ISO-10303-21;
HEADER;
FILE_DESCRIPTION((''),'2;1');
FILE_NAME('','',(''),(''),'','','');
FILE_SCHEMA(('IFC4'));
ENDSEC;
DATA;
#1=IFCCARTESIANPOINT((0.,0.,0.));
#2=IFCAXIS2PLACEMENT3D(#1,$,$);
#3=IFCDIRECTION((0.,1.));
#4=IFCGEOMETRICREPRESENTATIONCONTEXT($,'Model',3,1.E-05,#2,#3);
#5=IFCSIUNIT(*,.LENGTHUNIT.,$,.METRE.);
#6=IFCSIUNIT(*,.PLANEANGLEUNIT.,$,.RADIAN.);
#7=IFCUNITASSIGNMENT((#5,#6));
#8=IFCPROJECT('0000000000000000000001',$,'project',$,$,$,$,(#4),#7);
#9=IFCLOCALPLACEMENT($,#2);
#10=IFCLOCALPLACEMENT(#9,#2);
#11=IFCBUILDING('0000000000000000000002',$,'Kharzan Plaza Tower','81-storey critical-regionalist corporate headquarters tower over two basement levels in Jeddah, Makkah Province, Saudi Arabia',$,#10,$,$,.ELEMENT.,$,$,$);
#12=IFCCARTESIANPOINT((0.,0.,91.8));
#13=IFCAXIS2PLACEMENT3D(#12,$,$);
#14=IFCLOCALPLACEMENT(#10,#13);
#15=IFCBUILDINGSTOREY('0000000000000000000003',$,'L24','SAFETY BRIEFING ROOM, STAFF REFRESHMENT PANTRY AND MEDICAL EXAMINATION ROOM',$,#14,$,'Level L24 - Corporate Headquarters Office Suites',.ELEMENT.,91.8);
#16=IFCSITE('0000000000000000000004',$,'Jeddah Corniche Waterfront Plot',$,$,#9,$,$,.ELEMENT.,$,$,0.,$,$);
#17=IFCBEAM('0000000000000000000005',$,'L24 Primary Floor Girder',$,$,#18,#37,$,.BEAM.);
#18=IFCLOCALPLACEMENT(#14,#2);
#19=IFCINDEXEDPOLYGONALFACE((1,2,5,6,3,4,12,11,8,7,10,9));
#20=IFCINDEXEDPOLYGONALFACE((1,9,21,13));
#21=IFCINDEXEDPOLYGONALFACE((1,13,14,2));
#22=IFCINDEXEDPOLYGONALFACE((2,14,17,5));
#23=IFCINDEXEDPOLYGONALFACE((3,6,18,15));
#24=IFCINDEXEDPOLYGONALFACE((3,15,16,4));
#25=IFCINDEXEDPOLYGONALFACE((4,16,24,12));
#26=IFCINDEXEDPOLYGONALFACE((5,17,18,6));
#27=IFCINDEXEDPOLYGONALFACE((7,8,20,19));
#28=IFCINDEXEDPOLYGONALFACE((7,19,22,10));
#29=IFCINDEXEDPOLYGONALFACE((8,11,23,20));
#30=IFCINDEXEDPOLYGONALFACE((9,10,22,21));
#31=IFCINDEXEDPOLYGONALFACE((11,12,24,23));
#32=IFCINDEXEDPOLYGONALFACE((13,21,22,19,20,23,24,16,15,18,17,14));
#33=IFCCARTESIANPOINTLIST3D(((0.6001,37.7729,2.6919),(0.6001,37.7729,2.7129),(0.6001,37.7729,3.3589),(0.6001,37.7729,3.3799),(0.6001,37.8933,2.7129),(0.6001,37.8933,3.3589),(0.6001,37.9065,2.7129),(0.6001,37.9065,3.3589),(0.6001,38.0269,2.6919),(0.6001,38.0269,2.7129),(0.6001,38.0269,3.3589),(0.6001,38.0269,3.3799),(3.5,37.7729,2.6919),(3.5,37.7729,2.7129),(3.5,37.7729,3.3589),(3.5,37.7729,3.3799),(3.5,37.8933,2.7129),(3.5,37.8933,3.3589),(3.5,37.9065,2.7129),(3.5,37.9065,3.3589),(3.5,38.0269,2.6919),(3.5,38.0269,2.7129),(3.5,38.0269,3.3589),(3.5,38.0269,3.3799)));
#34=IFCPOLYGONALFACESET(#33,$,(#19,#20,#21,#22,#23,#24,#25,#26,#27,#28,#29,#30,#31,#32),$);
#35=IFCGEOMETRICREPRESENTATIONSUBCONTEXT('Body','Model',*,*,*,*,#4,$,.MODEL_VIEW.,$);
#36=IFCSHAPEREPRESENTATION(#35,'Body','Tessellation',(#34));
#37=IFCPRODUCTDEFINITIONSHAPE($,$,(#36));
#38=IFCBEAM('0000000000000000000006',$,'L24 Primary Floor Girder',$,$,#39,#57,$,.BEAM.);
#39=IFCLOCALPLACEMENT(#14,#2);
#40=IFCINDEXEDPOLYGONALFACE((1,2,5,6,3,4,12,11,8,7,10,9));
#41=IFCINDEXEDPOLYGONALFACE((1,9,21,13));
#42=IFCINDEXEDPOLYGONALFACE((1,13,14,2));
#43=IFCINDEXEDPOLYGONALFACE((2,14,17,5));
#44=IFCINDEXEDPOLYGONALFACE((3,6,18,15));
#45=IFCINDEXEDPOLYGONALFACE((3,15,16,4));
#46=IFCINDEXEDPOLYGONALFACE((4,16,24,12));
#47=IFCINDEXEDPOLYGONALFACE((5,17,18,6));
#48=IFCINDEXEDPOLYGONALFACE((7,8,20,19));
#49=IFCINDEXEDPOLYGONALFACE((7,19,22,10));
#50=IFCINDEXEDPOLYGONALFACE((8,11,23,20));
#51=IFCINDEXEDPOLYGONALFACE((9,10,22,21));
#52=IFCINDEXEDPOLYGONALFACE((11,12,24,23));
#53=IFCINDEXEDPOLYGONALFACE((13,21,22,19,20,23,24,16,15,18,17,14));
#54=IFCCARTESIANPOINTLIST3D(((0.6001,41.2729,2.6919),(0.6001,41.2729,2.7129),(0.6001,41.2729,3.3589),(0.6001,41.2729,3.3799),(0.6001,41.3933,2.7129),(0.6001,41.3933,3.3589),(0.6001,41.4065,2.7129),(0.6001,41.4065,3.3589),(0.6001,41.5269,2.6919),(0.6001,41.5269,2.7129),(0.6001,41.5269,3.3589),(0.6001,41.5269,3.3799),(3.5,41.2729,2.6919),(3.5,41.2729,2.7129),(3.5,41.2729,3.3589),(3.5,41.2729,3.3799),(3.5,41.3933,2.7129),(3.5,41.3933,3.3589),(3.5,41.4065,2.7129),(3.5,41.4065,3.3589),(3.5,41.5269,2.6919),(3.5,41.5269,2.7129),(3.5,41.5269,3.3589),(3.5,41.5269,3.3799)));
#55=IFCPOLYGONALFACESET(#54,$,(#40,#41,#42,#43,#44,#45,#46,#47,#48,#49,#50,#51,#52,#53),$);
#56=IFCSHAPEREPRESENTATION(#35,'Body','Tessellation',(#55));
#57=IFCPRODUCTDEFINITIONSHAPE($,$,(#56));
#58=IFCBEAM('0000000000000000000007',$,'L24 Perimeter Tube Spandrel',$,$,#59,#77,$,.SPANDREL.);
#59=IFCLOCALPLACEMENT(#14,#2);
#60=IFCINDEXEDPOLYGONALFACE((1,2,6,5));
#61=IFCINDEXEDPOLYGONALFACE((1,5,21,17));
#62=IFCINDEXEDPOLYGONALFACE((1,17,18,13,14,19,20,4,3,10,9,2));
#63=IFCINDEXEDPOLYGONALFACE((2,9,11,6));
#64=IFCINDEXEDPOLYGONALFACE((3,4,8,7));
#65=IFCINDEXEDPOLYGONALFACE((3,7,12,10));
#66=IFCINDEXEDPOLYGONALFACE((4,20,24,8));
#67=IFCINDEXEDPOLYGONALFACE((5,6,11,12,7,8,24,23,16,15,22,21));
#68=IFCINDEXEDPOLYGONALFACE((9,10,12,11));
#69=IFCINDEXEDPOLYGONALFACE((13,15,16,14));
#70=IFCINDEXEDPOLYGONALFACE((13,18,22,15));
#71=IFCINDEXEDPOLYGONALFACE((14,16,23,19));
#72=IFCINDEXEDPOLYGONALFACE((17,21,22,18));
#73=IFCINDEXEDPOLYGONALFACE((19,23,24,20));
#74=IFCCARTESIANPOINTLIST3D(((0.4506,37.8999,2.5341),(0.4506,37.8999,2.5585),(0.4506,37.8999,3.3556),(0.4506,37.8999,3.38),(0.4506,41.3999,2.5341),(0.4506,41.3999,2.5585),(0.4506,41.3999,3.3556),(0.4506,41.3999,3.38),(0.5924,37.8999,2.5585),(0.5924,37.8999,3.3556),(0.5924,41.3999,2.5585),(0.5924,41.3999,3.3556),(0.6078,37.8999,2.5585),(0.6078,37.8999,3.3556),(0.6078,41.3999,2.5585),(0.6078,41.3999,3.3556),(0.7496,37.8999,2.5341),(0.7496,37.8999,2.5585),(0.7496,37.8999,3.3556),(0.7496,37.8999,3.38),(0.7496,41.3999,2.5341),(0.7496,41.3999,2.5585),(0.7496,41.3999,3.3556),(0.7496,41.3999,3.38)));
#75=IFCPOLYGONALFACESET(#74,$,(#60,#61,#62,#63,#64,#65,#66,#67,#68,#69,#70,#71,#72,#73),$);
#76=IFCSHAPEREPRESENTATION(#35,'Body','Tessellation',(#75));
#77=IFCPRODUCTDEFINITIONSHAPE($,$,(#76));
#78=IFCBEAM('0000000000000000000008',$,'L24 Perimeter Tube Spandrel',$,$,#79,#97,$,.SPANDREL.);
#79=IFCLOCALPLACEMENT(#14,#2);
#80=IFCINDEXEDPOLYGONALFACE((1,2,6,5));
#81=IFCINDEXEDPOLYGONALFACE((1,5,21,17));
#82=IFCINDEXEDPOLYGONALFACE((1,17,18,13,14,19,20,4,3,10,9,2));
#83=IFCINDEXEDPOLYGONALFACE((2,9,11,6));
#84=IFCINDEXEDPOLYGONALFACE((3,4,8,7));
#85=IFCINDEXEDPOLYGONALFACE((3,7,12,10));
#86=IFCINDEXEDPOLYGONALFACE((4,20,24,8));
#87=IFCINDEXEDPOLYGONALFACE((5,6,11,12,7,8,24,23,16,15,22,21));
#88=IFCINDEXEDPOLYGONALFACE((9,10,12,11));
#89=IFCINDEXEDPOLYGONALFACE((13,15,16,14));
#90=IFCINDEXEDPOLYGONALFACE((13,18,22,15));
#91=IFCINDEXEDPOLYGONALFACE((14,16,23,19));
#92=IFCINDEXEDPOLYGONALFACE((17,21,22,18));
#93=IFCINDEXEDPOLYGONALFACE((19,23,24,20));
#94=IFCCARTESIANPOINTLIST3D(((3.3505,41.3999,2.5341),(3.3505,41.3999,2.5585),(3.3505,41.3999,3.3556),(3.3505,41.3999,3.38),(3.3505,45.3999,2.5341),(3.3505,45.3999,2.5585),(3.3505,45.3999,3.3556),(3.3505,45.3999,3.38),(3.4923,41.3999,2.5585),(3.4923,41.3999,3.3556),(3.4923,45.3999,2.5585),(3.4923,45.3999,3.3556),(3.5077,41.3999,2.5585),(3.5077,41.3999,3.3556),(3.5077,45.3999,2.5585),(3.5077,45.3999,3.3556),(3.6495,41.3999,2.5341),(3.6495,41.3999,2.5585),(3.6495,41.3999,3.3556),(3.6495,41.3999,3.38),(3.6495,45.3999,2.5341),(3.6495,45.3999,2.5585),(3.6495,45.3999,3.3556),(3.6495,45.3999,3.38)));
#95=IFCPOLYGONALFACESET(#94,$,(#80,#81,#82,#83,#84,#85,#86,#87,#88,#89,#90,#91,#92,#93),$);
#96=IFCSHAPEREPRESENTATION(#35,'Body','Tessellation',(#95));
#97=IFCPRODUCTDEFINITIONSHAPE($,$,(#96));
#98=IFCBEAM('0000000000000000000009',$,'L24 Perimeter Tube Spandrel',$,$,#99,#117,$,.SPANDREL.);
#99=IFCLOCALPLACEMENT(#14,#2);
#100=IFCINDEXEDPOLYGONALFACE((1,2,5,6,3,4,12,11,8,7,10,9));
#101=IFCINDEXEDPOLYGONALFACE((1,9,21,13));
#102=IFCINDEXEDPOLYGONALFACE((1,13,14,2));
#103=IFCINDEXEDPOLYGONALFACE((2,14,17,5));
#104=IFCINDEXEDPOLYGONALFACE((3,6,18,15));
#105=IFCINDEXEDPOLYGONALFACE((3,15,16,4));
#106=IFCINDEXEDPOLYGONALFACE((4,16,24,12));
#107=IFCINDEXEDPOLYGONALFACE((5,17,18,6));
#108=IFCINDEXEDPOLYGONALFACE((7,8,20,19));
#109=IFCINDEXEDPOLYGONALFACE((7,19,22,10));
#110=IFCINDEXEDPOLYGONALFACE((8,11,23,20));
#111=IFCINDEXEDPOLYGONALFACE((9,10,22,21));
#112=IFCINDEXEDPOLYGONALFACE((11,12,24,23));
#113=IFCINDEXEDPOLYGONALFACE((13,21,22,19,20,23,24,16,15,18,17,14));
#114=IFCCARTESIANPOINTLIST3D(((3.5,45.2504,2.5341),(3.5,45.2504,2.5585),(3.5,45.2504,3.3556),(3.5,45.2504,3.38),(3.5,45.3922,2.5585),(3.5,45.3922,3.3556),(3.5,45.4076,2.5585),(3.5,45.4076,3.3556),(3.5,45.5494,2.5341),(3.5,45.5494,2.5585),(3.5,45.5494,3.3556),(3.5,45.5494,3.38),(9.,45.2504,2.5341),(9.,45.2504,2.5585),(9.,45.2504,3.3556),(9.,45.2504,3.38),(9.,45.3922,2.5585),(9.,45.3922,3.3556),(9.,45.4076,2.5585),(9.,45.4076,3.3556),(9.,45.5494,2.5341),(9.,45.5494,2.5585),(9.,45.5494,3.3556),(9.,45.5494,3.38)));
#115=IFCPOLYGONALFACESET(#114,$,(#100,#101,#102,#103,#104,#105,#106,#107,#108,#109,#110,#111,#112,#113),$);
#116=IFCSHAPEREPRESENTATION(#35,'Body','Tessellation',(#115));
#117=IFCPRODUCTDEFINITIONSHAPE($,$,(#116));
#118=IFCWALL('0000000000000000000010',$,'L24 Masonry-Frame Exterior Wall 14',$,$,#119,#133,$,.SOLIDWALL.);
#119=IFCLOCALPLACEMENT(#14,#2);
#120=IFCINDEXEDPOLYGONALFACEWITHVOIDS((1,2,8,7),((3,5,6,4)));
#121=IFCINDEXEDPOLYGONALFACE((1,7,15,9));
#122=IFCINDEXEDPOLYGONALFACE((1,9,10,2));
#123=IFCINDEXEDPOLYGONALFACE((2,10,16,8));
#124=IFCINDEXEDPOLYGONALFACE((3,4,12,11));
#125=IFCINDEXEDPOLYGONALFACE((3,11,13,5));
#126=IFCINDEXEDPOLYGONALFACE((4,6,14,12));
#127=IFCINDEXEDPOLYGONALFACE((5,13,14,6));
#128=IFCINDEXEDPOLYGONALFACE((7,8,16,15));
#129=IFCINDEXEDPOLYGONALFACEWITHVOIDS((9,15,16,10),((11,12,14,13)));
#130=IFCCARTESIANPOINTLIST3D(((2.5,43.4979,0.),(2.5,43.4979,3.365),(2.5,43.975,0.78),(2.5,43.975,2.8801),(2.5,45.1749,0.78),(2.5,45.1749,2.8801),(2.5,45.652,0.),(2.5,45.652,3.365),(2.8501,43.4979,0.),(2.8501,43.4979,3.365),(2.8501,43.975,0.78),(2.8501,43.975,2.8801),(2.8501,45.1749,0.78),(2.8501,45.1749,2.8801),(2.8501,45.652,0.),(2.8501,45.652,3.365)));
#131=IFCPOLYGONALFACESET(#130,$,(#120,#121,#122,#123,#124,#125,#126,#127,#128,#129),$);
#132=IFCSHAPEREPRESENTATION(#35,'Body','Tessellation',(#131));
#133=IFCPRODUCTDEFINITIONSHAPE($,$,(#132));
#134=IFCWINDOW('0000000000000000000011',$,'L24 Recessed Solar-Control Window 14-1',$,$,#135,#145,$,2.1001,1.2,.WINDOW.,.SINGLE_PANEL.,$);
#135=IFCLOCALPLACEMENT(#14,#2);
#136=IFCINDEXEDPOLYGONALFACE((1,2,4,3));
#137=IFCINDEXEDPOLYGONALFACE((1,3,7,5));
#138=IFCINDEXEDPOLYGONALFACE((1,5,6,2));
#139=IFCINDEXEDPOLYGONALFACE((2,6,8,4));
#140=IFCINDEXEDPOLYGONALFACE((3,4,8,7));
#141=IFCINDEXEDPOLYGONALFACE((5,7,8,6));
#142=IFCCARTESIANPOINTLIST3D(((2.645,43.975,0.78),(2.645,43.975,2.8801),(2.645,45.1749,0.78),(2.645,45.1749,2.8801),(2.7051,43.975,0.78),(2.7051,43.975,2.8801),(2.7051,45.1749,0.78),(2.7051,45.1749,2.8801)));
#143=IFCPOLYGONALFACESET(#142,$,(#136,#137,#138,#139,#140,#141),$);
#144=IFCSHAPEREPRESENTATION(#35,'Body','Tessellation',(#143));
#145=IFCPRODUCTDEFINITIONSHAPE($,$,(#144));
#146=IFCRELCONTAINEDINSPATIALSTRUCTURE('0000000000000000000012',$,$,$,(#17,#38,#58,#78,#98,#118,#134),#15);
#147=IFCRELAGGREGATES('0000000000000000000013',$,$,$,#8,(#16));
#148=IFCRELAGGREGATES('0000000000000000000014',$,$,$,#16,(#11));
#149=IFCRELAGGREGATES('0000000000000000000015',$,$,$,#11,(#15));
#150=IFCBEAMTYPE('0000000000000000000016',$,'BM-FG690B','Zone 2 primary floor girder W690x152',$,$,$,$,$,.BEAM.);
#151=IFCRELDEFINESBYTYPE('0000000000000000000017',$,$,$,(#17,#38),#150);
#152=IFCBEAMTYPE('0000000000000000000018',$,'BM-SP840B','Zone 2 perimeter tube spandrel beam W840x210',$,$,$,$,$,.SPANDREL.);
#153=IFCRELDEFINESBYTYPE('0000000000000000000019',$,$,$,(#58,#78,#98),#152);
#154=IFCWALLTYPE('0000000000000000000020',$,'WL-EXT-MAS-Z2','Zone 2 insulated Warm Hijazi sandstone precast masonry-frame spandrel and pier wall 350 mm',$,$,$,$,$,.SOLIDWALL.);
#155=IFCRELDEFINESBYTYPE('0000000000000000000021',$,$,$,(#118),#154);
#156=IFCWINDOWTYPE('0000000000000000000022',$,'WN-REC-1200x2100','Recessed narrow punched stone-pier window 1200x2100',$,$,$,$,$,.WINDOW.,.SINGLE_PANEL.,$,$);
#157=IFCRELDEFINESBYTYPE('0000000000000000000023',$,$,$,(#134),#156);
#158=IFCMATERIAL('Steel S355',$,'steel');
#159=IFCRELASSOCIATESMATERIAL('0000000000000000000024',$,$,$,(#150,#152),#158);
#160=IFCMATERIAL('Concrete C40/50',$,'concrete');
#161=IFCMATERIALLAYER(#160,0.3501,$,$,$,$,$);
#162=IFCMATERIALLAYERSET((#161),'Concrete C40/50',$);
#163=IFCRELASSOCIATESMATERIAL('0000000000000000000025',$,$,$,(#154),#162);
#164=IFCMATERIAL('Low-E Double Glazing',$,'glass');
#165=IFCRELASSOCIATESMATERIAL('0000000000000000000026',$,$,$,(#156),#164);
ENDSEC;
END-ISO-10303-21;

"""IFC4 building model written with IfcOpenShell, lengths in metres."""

from ifc_helpers import new_model, si_unit, direction, frame, frame_2d, origin, origin_2d, place, context, subcontext, project, spatial, rectangle, i_section, extrude, source, transform, mapped, material, layer, layer_set, material_profile, profile_set, type_object, element, fill, save


model = new_model("IFC4")

# Units and contexts
model_context = context("Model", 3, precision=1e-05, world=origin(), true_north=direction((0.0, 1.0)))
body_context = subcontext(model_context, "Body", "Model", "MODEL_VIEW")
ifc_project = project(units=[si_unit("LENGTHUNIT", "METRE"), si_unit("PLANEANGLEUNIT", "RADIAN")], contexts=[model_context])

# Site, building, storey
site_placement = place(None, origin())
site = spatial("IfcSite", under=ifc_project, at=site_placement, Name="Jeddah Corniche Waterfront Plot", CompositionType="ELEMENT", RefElevation=0.0)
building_placement = place(site_placement, origin())
building = spatial("IfcBuilding", under=site, at=building_placement, Name="Kharzan Plaza Tower", Description="81-storey critical-regionalist corporate headquarters tower over two basement levels in Jeddah, Makkah Province, Saudi Arabia", CompositionType="ELEMENT")
storey_placement = place(building_placement, frame((0.0, 0.0, 91.8)))
storey = spatial("IfcBuildingStorey", under=building, at=storey_placement, Name="L24", Description="SAFETY BRIEFING ROOM, STAFF REFRESHMENT PANTRY AND MEDICAL EXAMINATION ROOM", LongName="Level L24 - Corporate Headquarters Office Suites", CompositionType="ELEMENT", Elevation=91.8)

# Beams
ifc_material_1 = material(Name="Steel S355", Category="steel")
ifc_material_profile_1 = material_profile(ifc_material_1, i_section(OverallWidth=0.2539, OverallDepth=0.688, WebThickness=0.0132, FlangeThickness=0.021, at=origin_2d()), Name="W690x152")
ifc_profile_set_1 = profile_set([ifc_material_profile_1], Name="Steel S355")
beam_type_1 = type_object("IfcBeamType", Name="BM-FG690B", Description="Zone 2 primary floor girder W690x152", PredefinedType="BEAM", material=ifc_profile_set_1)
shared_shape_1 = source(origin(), body_context, "Body", "SweptSolid", [
    extrude(i_section(OverallWidth=0.2539, OverallDepth=0.688, WebThickness=0.0132, FlangeThickness=0.021, at=origin_2d()), origin(), (0.0, 0.0, 1.0), 2.8999),
])
for number, where, z_axis, x_axis, name in (
    (1, (0.6001, 37.8999, 3.0359), (1.0, 0.0, 0.0), (0.0, 1.0, 0.0), "L24 Primary Floor Girder"),
    (2, (0.6001, 41.3999, 3.0359), (1.0, 0.0, 0.0), (0.0, 1.0, 0.0), "L24 Primary Floor Girder"),
):
    element("IfcBeam", number, at=place(storey_placement, frame(where, z_axis=z_axis, x_axis=x_axis)), inside=storey, type_object=beam_type_1, Name=name, PredefinedType="BEAM", context=body_context, shape_type="MappedRepresentation", body=[
        mapped(shared_shape_1, transform((0.0, 0.0, 0.0), x_axis=(1.0, 0.0, 0.0), y_axis=(0.0, 1.0, 0.0), z_axis=(0.0, 0.0, 1.0))),
    ])
ifc_material_profile_2 = material_profile(ifc_material_1, i_section(OverallWidth=0.2991, OverallDepth=0.8459, WebThickness=0.0154, FlangeThickness=0.0244, at=origin_2d()), Name="W840x210")
ifc_profile_set_2 = profile_set([ifc_material_profile_2], Name="Steel S355")
beam_type_2 = type_object("IfcBeamType", Name="BM-SP840B", Description="Zone 2 perimeter tube spandrel beam W840x210", PredefinedType="SPANDREL", material=ifc_profile_set_2)
shared_shape_2 = source(origin(), body_context, "Body", "SweptSolid", [
    extrude(i_section(OverallWidth=0.2991, OverallDepth=0.8459, WebThickness=0.0154, FlangeThickness=0.0244, at=origin_2d()), origin(), (0.0, 0.0, 1.0), 3.5),
])
beam_1_placement = place(storey_placement, frame((0.6001, 37.8999, 2.957), z_axis=(0.0, 1.0, 0.0), x_axis=(-1.0, 0.0, 0.0)))
element("IfcBeam", 3, at=beam_1_placement, inside=storey, type_object=beam_type_2, Name="L24 Perimeter Tube Spandrel", PredefinedType="SPANDREL", context=body_context, shape_type="MappedRepresentation", body=[
    mapped(shared_shape_2, transform((0.0, 0.0, 0.0), x_axis=(1.0, 0.0, 0.0), y_axis=(0.0, 1.0, 0.0), z_axis=(0.0, 0.0, 1.0))),
])
shared_shape_3 = source(origin(), body_context, "Body", "SweptSolid", [
    extrude(i_section(OverallWidth=0.2991, OverallDepth=0.8459, WebThickness=0.0154, FlangeThickness=0.0244, at=origin_2d()), origin(), (0.0, 0.0, 1.0), 4.0),
])
beam_2_placement = place(storey_placement, frame((3.5, 41.3999, 2.957), z_axis=(0.0, 1.0, 0.0), x_axis=(-1.0, 0.0, 0.0)))
element("IfcBeam", 4, at=beam_2_placement, inside=storey, type_object=beam_type_2, Name="L24 Perimeter Tube Spandrel", PredefinedType="SPANDREL", context=body_context, shape_type="MappedRepresentation", body=[
    mapped(shared_shape_3, transform((0.0, 0.0, 0.0), x_axis=(1.0, 0.0, 0.0), y_axis=(0.0, 1.0, 0.0), z_axis=(0.0, 0.0, 1.0))),
])
shared_shape_4 = source(origin(), body_context, "Body", "SweptSolid", [
    extrude(i_section(OverallWidth=0.2991, OverallDepth=0.8459, WebThickness=0.0154, FlangeThickness=0.0244, at=origin_2d()), origin(), (0.0, 0.0, 1.0), 5.5),
])
beam_3_placement = place(storey_placement, frame((3.5, 45.3999, 2.957), z_axis=(1.0, 0.0, 0.0), x_axis=(0.0, 1.0, 0.0)))
element("IfcBeam", 5, at=beam_3_placement, inside=storey, type_object=beam_type_2, Name="L24 Perimeter Tube Spandrel", PredefinedType="SPANDREL", context=body_context, shape_type="MappedRepresentation", body=[
    mapped(shared_shape_4, transform((0.0, 0.0, 0.0), x_axis=(1.0, 0.0, 0.0), y_axis=(0.0, 1.0, 0.0), z_axis=(0.0, 0.0, 1.0))),
])

# Wall, opening, window
ifc_material_2 = material(Name="Concrete C40/50", Category="concrete")
ifc_layer_1 = layer(ifc_material_2, 0.3501)
ifc_layer_set_1 = layer_set([ifc_layer_1], Name="Concrete C40/50")
wall_type_1 = type_object("IfcWallType", Name="WL-EXT-MAS-Z2", Description="Zone 2 insulated Warm Hijazi sandstone precast masonry-frame spandrel and pier wall 350 mm", PredefinedType="SOLIDWALL", material=ifc_layer_set_1)
wall_1_placement = place(storey_placement, frame((2.675, 45.6521, 0.0), z_axis=(0.0, 0.0, 1.0), x_axis=(0.0, -1.0, 0.0)))
wall_1 = element("IfcWall", 6, at=wall_1_placement, inside=storey, type_object=wall_type_1, Name="L24 Masonry-Frame Exterior Wall 14", PredefinedType="SOLIDWALL", context=body_context, shape_type="SweptSolid", body=[
    extrude(rectangle(XDim=2.1541, YDim=0.3501, at=frame_2d((1.0771, 0.0))), origin(), (0.0, 0.0, 1.0), 3.365),
])
opening_1_placement = place(wall_1_placement, frame((0.4771, 0.0, 0.78)))
opening_1 = element("IfcOpeningElement", 7, at=opening_1_placement, cuts=wall_1, PredefinedType="OPENING", context=body_context, shape_type="SweptSolid", body=[
    extrude(rectangle(XDim=1.2, YDim=2.1001, at=frame_2d((0.6001, 1.05))), frame((0.0, 0.1851, 0.0), z_axis=(0.0, -1.0, 0.0), x_axis=(1.0, 0.0, 0.0)), (0.0, 0.0, 1.0), 0.3701),
])
ifc_material_3 = material(Name="Low-E Double Glazing", Category="glass")
window_type_1 = type_object("IfcWindowType", Name="WN-REC-1200x2100", Description="Recessed narrow punched stone-pier window 1200x2100", PartitioningType="SINGLE_PANEL", PredefinedType="WINDOW", material=ifc_material_3)
shared_shape_5 = source(origin(), body_context, "Body", "SweptSolid", [
    extrude(rectangle(XDim=1.2, YDim=2.1001, at=frame_2d((0.6001, 1.05))), frame((0.0, 0.03, 0.0), z_axis=(0.0, -1.0, 0.0), x_axis=(1.0, 0.0, 0.0)), (0.0, 0.0, 1.0), 0.0601),
])
window_1_placement = place(opening_1_placement, origin())
window_1 = element("IfcWindow", 8, at=window_1_placement, inside=storey, type_object=window_type_1, Name="L24 Recessed Solar-Control Window 14-1", OverallHeight=2.1001, OverallWidth=1.2, PartitioningType="SINGLE_PANEL", PredefinedType="WINDOW", context=body_context, shape_type="MappedRepresentation", body=[
    mapped(shared_shape_5, transform((0.0, 0.0, 0.0), x_axis=(1.0, 0.0, 0.0), y_axis=(0.0, 1.0, 0.0), z_axis=(0.0, 0.0, 1.0))),
])
fill(opening_1, window_1)

save(model, "model.ifc")
